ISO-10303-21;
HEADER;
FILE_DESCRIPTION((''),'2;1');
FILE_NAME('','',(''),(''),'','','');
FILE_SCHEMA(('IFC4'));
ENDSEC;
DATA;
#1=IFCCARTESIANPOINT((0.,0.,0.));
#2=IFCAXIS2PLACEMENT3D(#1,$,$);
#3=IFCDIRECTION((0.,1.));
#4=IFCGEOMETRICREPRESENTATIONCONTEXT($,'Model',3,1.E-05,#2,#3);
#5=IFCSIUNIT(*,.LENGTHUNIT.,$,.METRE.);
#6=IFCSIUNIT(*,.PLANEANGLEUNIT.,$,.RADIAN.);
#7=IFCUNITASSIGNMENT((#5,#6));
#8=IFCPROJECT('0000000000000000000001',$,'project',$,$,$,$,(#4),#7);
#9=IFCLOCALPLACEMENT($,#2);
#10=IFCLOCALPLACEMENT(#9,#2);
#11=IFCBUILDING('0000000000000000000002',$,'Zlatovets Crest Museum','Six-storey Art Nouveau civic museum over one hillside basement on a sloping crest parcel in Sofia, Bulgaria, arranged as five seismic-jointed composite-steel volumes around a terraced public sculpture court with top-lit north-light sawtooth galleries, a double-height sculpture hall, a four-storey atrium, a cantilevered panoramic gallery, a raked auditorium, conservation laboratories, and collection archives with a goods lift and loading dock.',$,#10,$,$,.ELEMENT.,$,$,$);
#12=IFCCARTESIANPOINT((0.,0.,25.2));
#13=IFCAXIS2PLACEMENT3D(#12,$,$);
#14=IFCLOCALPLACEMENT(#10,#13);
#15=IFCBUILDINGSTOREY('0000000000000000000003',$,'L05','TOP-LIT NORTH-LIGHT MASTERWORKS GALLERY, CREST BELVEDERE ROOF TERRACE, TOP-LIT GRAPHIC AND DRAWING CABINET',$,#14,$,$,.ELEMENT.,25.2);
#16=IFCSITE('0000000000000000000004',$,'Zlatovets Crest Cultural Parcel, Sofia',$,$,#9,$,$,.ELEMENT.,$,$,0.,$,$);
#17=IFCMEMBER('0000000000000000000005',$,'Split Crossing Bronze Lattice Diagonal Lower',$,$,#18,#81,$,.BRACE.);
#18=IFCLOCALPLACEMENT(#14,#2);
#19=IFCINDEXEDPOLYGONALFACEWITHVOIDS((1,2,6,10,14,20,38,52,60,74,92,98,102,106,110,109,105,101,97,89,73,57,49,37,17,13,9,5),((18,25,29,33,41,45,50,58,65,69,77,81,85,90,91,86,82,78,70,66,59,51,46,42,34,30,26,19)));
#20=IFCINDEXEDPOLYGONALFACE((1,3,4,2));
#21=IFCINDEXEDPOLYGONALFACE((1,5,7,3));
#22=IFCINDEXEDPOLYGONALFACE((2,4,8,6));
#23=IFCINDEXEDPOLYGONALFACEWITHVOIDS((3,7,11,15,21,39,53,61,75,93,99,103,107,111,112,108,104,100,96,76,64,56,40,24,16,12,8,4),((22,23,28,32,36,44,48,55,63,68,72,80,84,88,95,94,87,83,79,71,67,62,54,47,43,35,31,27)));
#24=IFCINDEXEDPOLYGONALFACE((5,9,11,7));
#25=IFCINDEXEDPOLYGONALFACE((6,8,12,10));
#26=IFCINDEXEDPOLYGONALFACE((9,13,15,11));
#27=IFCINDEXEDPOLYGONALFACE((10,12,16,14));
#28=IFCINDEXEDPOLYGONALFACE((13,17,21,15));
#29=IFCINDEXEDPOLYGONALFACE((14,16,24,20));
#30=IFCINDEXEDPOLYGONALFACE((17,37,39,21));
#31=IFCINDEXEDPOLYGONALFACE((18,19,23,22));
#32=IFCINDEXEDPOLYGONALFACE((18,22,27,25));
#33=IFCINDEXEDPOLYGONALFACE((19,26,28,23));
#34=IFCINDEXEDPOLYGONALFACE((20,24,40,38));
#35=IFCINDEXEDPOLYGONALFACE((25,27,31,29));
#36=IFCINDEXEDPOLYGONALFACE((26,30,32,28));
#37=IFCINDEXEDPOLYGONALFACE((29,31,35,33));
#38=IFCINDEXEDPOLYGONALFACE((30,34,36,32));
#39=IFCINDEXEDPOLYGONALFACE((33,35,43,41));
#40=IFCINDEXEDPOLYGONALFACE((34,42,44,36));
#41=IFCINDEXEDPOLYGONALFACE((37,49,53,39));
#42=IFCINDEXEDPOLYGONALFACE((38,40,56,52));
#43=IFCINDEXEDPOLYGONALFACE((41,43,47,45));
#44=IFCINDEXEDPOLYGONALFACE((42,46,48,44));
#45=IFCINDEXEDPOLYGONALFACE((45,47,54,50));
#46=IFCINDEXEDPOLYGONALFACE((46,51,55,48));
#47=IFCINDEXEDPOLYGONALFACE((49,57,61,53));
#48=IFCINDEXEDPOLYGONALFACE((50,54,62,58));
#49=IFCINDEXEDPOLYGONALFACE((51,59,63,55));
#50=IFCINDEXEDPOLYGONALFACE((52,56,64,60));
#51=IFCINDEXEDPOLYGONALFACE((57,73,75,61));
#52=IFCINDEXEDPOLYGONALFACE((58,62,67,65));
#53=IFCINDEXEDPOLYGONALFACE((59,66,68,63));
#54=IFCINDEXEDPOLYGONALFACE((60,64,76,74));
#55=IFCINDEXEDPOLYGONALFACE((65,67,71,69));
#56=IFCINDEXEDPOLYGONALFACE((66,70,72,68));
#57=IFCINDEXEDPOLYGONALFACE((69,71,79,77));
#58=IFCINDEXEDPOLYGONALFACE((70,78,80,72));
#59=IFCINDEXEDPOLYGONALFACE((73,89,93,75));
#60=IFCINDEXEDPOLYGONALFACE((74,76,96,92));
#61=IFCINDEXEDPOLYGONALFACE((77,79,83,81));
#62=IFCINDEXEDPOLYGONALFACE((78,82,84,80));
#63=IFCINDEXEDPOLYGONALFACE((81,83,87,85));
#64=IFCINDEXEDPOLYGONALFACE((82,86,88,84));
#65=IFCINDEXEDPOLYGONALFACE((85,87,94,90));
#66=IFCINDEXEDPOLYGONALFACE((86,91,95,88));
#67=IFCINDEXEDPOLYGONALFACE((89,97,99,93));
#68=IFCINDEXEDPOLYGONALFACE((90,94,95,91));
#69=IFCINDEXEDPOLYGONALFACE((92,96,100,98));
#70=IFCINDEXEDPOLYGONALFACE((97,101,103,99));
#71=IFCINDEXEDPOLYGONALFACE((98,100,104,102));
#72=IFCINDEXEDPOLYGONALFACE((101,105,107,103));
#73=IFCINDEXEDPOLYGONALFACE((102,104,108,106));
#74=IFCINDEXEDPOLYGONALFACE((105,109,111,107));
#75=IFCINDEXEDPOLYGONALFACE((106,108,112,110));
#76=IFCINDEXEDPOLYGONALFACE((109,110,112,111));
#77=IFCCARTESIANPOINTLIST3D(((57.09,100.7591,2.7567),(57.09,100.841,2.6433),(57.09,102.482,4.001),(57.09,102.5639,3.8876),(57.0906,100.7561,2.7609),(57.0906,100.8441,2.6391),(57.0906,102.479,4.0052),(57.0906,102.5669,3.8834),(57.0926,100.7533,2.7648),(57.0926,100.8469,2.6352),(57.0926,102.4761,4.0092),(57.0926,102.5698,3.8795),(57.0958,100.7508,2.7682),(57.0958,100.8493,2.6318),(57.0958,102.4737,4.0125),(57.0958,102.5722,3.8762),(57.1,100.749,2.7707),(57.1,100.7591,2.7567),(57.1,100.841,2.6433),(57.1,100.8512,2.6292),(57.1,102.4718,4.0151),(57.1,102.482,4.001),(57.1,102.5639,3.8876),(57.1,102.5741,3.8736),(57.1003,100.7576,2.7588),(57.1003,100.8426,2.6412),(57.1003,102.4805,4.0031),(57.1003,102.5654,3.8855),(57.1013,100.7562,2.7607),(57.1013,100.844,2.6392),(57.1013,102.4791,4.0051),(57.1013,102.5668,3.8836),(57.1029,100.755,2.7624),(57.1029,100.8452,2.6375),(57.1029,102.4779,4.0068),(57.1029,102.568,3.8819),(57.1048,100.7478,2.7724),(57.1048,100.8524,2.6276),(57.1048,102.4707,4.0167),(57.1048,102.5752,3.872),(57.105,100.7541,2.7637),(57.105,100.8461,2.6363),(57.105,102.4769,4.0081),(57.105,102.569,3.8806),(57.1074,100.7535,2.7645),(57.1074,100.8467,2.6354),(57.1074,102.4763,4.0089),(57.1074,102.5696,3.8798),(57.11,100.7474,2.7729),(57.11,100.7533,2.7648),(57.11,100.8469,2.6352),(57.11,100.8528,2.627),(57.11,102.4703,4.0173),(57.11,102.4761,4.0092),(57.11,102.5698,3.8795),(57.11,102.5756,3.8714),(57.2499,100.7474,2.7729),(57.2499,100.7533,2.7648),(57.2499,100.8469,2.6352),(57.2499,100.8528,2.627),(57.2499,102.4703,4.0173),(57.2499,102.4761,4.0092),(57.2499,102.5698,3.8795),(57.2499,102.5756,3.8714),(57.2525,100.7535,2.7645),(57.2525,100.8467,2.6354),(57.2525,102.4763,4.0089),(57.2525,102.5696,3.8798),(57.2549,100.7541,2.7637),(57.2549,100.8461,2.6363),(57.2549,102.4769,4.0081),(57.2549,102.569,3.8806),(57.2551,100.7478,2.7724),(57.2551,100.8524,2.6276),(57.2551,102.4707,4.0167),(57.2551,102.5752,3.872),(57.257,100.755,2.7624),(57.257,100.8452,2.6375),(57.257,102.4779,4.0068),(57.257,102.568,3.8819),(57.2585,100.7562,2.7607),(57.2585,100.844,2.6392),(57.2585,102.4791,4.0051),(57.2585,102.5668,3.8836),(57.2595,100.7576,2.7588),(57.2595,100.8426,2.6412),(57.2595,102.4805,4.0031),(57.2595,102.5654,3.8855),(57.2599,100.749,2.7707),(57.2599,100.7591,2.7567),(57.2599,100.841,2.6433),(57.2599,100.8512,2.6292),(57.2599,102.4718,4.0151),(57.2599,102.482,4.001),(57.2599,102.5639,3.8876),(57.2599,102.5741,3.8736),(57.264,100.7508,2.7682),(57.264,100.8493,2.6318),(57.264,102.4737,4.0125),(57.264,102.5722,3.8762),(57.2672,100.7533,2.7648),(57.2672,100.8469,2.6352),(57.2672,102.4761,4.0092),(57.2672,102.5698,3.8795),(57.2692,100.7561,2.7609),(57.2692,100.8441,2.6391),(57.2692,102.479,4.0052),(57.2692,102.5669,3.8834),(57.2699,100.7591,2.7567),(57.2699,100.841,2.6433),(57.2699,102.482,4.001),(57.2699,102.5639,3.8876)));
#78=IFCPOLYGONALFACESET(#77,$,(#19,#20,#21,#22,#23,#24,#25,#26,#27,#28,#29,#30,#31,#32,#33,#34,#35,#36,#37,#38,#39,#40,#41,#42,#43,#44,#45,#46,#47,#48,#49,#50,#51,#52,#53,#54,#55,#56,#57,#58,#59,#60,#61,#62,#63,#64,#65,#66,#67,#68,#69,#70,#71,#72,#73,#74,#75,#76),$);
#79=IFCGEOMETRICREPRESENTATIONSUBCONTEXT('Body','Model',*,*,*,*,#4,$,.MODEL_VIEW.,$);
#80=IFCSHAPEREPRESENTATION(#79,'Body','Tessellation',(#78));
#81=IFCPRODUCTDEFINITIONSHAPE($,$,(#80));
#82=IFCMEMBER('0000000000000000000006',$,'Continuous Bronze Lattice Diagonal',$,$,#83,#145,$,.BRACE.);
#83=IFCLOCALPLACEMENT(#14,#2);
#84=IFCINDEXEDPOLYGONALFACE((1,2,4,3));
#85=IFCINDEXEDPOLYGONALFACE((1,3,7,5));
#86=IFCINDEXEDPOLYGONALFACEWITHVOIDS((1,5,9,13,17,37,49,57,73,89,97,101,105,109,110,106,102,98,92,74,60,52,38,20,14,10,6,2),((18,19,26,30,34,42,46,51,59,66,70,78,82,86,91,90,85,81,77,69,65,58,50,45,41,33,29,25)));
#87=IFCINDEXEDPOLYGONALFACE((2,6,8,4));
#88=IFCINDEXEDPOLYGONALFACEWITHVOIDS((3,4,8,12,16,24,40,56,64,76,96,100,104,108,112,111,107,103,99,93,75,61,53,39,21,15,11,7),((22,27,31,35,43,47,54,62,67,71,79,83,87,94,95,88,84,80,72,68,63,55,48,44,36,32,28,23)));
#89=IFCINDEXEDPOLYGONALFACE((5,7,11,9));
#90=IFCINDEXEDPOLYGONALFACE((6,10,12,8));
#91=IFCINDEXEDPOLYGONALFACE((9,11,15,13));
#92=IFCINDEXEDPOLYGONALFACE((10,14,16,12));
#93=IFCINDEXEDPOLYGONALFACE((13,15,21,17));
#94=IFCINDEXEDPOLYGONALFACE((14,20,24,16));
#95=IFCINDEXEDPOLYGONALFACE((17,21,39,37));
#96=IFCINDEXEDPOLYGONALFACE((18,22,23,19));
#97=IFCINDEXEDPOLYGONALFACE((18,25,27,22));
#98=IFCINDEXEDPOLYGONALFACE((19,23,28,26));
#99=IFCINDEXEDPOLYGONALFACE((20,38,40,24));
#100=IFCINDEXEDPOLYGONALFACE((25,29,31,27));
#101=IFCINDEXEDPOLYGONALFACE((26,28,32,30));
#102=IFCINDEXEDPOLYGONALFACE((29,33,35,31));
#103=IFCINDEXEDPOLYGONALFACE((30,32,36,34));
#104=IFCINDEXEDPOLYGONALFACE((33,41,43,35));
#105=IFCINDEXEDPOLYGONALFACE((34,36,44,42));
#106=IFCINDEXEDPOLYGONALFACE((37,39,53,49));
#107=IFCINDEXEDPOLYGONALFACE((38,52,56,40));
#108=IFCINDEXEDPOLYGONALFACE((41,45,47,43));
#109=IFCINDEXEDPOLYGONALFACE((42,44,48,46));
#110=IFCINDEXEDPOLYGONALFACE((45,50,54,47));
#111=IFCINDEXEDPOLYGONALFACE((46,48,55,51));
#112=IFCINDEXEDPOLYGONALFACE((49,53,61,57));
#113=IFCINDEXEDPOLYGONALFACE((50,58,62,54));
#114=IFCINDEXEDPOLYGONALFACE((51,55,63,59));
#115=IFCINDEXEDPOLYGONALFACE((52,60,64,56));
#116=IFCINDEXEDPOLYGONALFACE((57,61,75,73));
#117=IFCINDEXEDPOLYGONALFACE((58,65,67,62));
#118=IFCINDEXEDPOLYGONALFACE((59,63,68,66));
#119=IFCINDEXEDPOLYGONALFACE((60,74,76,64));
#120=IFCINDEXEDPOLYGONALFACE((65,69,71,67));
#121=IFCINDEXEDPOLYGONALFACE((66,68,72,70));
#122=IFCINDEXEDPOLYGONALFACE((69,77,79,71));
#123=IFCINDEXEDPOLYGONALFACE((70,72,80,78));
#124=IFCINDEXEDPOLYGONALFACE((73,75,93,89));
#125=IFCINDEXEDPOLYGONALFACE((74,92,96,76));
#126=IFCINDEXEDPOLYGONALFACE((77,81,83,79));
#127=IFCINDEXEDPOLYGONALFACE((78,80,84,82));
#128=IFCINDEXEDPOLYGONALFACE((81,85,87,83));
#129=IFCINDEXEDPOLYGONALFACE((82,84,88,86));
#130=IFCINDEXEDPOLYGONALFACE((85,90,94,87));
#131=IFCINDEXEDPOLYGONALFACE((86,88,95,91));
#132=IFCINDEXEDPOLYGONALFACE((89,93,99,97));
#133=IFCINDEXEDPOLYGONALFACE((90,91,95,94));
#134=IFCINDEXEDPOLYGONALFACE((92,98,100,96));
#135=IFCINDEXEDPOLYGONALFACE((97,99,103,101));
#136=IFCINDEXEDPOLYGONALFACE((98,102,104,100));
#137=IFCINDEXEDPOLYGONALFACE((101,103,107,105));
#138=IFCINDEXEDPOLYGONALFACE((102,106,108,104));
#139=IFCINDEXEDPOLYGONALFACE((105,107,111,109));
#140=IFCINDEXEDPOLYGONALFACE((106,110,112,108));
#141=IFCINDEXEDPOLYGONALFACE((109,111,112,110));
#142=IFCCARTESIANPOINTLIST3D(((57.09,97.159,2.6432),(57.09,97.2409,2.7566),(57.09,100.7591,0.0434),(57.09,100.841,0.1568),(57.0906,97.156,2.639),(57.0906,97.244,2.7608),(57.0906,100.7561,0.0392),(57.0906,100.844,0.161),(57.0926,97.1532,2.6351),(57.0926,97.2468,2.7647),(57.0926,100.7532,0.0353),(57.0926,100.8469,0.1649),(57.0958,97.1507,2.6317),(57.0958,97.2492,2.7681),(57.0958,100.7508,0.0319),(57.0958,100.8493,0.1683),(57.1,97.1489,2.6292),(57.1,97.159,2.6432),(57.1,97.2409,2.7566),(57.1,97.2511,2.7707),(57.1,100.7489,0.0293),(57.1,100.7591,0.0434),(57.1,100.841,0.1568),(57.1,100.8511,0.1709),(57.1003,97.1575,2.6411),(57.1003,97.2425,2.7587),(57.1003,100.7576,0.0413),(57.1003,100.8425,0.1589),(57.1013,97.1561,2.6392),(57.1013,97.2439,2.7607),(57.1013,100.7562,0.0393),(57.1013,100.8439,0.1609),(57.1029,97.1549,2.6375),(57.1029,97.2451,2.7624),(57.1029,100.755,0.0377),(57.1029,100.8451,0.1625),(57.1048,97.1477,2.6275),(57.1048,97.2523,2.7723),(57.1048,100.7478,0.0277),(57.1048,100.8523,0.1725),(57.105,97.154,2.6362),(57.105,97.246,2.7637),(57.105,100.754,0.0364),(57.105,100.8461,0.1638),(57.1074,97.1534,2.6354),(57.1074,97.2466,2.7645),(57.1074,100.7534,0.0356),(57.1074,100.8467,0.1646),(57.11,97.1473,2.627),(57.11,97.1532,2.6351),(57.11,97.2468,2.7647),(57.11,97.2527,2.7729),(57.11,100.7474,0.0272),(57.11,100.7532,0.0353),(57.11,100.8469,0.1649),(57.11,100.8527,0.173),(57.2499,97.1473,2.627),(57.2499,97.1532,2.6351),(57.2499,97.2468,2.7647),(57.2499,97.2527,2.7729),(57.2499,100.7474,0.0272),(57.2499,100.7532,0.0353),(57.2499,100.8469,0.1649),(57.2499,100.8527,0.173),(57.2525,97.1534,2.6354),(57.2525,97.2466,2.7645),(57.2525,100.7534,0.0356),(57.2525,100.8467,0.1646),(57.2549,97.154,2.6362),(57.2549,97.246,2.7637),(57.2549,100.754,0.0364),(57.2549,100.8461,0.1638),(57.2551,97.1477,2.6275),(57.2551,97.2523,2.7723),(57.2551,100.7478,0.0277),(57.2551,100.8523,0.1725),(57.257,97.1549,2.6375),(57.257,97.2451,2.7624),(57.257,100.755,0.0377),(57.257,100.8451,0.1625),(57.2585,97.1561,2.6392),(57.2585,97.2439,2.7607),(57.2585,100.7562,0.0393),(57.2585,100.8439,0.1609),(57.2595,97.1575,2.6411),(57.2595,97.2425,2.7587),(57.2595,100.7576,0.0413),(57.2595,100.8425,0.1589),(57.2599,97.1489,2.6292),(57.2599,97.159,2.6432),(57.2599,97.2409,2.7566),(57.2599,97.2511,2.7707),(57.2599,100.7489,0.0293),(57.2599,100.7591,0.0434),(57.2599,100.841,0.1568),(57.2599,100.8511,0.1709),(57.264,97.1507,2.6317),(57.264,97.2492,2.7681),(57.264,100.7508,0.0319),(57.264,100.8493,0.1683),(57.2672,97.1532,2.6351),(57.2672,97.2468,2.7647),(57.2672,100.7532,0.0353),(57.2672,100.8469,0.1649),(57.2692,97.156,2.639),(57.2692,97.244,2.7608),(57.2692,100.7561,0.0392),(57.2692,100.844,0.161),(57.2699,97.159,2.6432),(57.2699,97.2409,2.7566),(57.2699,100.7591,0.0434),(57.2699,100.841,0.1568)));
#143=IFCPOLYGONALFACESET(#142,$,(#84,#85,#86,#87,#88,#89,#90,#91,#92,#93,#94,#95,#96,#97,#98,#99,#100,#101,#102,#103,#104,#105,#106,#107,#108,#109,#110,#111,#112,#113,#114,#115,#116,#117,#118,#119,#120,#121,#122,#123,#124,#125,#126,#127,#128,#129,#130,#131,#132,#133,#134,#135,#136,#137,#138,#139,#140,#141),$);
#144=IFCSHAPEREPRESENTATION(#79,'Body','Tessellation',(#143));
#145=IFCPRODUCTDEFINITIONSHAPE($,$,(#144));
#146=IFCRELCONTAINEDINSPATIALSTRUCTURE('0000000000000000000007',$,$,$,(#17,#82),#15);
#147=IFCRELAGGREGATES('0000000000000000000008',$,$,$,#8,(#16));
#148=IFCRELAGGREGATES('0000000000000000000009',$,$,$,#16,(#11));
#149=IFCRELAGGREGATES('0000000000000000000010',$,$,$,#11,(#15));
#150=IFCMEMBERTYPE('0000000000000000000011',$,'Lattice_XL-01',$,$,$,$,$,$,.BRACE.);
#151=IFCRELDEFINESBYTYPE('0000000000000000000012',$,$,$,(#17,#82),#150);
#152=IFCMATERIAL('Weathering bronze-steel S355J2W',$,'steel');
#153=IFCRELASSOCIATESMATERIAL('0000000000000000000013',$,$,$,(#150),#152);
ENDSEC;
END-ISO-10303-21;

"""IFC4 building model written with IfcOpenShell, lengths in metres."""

from ifc_helpers import new_model, si_unit, direction, frame, origin, origin_2d, place, context, subcontext, project, spatial, hollow_rectangle, extrude, material, material_profile, profile_set, type_object, element, save


model = new_model("IFC4")

# Units and contexts
model_context = context("Model", 3, precision=1e-05, world=origin(), true_north=direction((0.0, 1.0)))
body_context = subcontext(model_context, "Body", "Model", "MODEL_VIEW")
ifc_project = project(units=[si_unit("LENGTHUNIT", "METRE"), si_unit("PLANEANGLEUNIT", "RADIAN")], contexts=[model_context])

# Site, building, storey
site_placement = place(None, origin())
site = spatial("IfcSite", under=ifc_project, at=site_placement, Name="Zlatovets Crest Cultural Parcel, Sofia", CompositionType="ELEMENT", RefElevation=0.0)
building_placement = place(site_placement, origin())
building = spatial("IfcBuilding", under=site, at=building_placement, Name="Zlatovets Crest Museum", Description="Six-storey Art Nouveau civic museum over one hillside basement on a sloping crest parcel in Sofia, Bulgaria, arranged as five seismic-jointed composite-steel volumes around a terraced public sculpture court with top-lit north-light sawtooth galleries, a double-height sculpture hall, a four-storey atrium, a cantilevered panoramic gallery, a raked auditorium, conservation laboratories, and collection archives with a goods lift and loading dock.", CompositionType="ELEMENT")
storey_placement = place(building_placement, frame((0.0, 0.0, 25.2)))
storey = spatial("IfcBuildingStorey", under=building, at=storey_placement, Name="L05", Description="TOP-LIT NORTH-LIGHT MASTERWORKS GALLERY, CREST BELVEDERE ROOF TERRACE, TOP-LIT GRAPHIC AND DRAWING CABINET", CompositionType="ELEMENT", Elevation=25.2)

# Members
ifc_material_1 = material(Name="Weathering bronze-steel S355J2W", Category="steel")
ifc_material_profile_1 = material_profile(ifc_material_1, hollow_rectangle(XDim=0.1799, YDim=0.1799, WallThickness=0.01, InnerFilletRadius=0.01, OuterFilletRadius=0.02, at=origin_2d()), Name="SHS 180x180x10.0")
ifc_profile_set_1 = profile_set([ifc_material_profile_1], Name="Weathering bronze-steel S355J2W")
member_type_1 = type_object("IfcMemberType", Name="Lattice_XL-01", PredefinedType="BRACE", material=ifc_profile_set_1)
for number, where, z_axis, x_axis, name in (
    (1, (57.1799, 102.5229, 3.9443), (0.0, -0.810664, -0.585512), (1.0, 0.0, 0.0), "Split Crossing Bronze Lattice Diagonal Lower"),
):
    element("IfcMember", number, at=place(storey_placement, frame(where, z_axis=z_axis, x_axis=x_axis)), inside=storey, type_object=member_type_1, Name=name, PredefinedType="BRACE", context=body_context, shape_type="SweptSolid", body=[
        extrude(hollow_rectangle(XDim=0.1799, YDim=0.1799, WallThickness=0.01, InnerFilletRadius=0.01, OuterFilletRadius=0.02, at=origin_2d()), origin(), (0.0, 0.0, 1.0), 2.1252),
    ])
member_1_placement = place(storey_placement, frame((57.1799, 100.8, 0.1001), z_axis=(0.0, -0.810702, 0.585458), x_axis=(1.0, 0.0, 0.0)))
element("IfcMember", 2, at=member_1_placement, inside=storey, type_object=member_type_1, Name="Continuous Bronze Lattice Diagonal", PredefinedType="BRACE", context=body_context, shape_type="SweptSolid", body=[
    extrude(hollow_rectangle(XDim=0.1799, YDim=0.1799, WallThickness=0.01, InnerFilletRadius=0.01, OuterFilletRadius=0.02, at=origin_2d()), origin(), (0.0, 0.0, 1.0), 4.4407),
])

save(model, "model.ifc")
